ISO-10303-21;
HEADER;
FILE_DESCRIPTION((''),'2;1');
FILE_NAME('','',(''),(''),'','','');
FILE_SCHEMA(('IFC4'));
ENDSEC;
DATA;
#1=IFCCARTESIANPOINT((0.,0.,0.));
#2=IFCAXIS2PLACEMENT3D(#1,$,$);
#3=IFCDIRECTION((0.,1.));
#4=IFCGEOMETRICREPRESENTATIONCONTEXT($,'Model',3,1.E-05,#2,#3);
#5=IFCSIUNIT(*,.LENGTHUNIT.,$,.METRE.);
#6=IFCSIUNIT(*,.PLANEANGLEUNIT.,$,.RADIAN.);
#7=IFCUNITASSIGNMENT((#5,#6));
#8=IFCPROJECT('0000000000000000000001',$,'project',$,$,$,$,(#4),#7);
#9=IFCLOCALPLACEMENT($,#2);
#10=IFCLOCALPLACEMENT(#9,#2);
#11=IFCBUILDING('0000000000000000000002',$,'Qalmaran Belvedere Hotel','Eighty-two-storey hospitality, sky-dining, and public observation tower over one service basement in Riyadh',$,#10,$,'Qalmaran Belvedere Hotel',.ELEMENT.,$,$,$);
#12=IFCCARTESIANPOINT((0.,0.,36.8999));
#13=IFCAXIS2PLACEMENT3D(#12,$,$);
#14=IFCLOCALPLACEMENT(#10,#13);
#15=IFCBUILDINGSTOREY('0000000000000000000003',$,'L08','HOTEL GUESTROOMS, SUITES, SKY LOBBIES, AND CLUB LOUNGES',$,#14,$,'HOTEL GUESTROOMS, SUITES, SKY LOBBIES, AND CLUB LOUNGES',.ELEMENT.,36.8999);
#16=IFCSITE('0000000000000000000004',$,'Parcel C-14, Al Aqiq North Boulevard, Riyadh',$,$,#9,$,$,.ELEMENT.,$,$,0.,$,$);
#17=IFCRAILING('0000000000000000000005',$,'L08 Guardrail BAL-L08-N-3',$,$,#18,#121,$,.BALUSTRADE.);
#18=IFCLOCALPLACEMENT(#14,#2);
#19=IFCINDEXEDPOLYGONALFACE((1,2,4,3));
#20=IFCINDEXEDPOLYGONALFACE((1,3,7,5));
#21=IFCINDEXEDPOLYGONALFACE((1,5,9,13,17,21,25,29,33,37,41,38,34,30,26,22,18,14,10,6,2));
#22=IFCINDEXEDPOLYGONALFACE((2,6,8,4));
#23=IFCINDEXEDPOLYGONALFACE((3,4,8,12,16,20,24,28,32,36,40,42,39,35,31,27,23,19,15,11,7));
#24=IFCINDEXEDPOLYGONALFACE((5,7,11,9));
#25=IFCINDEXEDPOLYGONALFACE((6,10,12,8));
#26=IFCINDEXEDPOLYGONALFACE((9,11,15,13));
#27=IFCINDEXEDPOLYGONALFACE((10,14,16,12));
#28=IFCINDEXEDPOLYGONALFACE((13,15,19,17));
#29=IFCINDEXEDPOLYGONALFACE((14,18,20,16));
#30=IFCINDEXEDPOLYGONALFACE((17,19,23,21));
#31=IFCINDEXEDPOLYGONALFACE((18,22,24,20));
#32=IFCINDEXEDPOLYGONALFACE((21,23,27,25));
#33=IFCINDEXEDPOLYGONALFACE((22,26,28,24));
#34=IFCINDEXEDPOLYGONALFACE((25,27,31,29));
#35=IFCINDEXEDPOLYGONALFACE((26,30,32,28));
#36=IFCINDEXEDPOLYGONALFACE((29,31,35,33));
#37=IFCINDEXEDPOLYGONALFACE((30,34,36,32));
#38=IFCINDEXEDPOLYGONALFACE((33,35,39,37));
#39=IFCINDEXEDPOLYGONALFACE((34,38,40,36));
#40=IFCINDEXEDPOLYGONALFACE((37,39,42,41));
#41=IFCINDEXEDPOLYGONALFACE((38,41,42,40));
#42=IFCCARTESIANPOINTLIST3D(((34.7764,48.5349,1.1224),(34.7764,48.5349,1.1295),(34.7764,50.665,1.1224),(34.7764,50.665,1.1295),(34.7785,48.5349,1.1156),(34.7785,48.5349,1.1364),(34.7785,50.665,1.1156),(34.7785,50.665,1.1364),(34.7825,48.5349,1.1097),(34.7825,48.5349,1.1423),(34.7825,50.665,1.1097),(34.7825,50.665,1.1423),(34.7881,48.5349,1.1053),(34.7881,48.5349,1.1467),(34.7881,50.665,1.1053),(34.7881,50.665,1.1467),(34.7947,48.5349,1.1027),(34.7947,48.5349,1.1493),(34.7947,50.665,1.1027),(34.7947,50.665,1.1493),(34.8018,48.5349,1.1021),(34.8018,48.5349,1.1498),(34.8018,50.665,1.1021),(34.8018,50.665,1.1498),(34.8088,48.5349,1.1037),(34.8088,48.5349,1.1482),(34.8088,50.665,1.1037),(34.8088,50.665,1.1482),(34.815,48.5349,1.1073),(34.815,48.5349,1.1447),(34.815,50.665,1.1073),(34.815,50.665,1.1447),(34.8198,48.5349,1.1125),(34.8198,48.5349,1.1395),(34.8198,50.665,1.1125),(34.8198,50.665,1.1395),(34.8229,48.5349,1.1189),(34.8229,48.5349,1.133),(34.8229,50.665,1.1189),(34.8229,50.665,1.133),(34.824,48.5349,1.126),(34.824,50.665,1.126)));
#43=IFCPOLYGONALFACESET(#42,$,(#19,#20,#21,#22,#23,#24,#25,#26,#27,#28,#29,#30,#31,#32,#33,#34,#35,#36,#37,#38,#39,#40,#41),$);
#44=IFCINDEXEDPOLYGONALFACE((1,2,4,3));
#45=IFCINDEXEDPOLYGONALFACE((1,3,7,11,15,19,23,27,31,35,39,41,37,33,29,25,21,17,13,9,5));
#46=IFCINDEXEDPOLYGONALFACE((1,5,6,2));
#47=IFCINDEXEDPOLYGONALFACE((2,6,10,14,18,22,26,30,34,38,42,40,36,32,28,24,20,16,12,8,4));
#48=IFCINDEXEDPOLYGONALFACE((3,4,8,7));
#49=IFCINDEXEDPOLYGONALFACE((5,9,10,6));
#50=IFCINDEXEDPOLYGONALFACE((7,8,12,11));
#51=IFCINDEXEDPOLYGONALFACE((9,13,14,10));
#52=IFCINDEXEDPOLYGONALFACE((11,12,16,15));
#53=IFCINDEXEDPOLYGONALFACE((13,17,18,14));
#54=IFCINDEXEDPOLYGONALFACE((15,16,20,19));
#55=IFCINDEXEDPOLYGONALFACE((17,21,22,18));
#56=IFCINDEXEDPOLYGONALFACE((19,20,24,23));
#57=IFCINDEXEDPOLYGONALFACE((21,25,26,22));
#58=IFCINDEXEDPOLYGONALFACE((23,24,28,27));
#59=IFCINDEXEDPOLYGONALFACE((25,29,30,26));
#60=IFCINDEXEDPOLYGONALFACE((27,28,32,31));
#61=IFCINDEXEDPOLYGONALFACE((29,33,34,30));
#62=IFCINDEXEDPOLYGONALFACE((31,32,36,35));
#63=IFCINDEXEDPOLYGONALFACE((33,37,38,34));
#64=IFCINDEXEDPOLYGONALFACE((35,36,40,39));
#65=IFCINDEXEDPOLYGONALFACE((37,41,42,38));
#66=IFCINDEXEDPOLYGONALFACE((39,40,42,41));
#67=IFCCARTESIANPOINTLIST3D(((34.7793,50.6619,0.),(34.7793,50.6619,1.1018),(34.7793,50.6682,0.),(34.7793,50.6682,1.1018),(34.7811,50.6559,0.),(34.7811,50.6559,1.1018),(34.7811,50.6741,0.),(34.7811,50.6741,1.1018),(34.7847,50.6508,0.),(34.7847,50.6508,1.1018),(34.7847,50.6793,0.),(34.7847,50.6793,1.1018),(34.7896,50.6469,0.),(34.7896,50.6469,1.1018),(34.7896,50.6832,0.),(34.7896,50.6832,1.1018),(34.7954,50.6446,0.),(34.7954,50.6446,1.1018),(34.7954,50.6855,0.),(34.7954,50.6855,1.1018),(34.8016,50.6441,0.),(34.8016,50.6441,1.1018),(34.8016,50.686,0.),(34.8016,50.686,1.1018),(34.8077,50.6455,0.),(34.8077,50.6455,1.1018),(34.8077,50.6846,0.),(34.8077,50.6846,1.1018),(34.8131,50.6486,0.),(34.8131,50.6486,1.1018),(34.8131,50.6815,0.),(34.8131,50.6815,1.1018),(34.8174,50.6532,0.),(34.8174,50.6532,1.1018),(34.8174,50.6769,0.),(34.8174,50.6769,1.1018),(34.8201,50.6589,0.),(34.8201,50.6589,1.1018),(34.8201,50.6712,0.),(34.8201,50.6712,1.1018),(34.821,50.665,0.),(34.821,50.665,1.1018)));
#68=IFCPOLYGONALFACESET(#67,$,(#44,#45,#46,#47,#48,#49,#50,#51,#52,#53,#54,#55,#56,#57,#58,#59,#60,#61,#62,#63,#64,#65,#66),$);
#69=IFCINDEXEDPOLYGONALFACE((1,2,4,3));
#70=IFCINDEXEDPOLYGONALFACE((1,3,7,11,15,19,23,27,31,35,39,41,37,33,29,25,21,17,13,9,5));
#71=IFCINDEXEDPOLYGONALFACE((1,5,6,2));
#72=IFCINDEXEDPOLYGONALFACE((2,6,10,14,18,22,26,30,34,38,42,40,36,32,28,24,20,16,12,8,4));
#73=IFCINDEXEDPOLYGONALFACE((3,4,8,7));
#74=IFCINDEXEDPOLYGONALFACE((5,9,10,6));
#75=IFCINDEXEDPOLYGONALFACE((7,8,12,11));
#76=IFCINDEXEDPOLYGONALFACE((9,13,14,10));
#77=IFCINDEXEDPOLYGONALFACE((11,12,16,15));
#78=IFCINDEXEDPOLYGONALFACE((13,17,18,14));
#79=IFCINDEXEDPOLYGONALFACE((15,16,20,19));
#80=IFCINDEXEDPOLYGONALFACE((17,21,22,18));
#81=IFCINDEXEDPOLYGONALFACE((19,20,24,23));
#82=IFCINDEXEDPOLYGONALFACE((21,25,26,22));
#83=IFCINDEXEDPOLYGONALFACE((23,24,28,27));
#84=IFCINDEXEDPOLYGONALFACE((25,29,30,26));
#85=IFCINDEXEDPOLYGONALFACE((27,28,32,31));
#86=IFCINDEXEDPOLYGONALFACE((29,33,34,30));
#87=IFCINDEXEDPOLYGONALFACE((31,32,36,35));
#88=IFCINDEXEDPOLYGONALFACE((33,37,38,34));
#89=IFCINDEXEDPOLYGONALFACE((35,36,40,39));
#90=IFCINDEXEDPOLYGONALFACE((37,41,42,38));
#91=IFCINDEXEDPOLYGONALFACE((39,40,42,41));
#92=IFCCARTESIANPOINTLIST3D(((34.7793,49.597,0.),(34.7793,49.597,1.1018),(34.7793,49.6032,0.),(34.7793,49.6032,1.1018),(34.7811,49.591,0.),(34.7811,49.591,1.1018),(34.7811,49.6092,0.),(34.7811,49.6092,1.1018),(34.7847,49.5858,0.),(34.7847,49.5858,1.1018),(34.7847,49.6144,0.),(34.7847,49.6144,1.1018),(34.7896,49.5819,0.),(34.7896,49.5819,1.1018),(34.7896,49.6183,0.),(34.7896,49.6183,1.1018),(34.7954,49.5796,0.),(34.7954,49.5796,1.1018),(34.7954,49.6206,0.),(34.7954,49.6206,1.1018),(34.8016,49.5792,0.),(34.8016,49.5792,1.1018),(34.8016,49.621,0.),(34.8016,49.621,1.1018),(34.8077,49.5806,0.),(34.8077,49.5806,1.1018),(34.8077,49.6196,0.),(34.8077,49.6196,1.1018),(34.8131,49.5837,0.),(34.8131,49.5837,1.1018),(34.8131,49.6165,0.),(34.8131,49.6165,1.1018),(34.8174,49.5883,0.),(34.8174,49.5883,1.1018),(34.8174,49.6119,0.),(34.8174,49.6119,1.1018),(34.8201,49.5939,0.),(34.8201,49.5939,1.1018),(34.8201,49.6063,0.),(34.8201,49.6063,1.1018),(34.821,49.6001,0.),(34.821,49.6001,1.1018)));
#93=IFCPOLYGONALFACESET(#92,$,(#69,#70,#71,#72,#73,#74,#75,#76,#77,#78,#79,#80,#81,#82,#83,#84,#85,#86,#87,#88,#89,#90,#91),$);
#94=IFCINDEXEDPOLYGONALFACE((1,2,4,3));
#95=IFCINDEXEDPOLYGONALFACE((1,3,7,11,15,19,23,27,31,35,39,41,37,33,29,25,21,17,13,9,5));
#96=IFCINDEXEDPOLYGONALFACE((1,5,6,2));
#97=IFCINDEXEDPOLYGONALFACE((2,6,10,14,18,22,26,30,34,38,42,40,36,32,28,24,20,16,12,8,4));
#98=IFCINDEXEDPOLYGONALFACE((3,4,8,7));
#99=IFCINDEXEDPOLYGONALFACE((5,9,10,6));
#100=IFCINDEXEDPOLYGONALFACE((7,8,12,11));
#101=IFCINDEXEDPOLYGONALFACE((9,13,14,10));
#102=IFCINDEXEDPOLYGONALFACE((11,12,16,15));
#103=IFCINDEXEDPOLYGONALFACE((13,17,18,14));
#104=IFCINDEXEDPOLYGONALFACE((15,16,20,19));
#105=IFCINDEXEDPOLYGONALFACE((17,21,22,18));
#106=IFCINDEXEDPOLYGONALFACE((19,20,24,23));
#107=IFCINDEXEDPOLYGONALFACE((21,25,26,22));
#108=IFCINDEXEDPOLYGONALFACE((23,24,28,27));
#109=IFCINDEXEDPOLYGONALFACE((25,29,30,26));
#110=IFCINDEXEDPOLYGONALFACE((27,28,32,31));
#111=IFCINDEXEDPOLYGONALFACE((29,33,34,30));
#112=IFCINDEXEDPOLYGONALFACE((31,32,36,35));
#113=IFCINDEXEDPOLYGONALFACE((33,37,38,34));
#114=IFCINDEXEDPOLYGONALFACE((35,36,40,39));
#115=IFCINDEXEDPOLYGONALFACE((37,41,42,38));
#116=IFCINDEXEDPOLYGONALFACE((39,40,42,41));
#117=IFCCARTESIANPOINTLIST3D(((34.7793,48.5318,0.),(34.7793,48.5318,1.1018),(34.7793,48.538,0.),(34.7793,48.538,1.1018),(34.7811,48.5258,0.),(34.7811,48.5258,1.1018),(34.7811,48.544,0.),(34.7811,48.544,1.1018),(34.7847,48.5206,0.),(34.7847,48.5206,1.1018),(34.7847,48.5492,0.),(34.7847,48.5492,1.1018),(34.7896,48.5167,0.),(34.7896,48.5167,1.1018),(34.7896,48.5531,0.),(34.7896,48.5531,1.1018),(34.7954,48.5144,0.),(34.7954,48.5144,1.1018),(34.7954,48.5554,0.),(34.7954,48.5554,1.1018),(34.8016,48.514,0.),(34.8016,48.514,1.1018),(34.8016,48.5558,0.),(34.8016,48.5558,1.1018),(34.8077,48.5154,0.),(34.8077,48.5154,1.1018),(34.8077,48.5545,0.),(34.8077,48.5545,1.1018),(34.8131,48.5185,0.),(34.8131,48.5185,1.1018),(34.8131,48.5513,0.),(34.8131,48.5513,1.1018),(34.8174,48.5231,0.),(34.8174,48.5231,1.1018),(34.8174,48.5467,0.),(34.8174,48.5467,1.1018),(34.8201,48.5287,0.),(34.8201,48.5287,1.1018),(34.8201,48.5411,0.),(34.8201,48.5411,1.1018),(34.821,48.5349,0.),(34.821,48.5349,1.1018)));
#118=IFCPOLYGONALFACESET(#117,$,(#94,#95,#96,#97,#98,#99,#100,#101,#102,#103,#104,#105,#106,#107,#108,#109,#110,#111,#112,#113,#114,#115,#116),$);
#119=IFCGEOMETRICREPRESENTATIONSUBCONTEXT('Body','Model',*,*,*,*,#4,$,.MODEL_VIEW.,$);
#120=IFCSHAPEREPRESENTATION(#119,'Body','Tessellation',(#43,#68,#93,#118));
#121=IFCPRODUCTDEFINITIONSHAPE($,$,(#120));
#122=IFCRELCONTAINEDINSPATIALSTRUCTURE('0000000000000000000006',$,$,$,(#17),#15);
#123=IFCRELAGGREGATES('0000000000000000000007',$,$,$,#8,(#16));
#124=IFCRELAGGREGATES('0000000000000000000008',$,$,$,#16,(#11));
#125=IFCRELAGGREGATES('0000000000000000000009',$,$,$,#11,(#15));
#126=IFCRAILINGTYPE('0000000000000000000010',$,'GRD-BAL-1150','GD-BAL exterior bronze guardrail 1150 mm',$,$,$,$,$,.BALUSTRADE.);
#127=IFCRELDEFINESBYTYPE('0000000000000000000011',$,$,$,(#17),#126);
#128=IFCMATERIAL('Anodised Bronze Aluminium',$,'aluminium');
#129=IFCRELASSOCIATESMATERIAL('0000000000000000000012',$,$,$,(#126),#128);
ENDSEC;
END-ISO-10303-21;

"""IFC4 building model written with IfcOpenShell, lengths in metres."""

from ifc_helpers import new_model, si_unit, direction, frame, origin, origin_2d, place, context, subcontext, project, spatial, circle, extrude, material, type_object, element, save


model = new_model("IFC4")

# Units and contexts
model_context = context("Model", 3, precision=1e-05, world=origin(), true_north=direction((0.0, 1.0)))
body_context = subcontext(model_context, "Body", "Model", "MODEL_VIEW")
ifc_project = project(units=[si_unit("LENGTHUNIT", "METRE"), si_unit("PLANEANGLEUNIT", "RADIAN")], contexts=[model_context])

# Site, building, storey
site_placement = place(None, origin())
site = spatial("IfcSite", under=ifc_project, at=site_placement, Name="Parcel C-14, Al Aqiq North Boulevard, Riyadh", CompositionType="ELEMENT", RefElevation=0.0)
building_placement = place(site_placement, origin())
building = spatial("IfcBuilding", under=site, at=building_placement, Name="Qalmaran Belvedere Hotel", Description="Eighty-two-storey hospitality, sky-dining, and public observation tower over one service basement in Riyadh", LongName="Qalmaran Belvedere Hotel", CompositionType="ELEMENT")
storey_placement = place(building_placement, frame((0.0, 0.0, 36.8999)))
storey = spatial("IfcBuildingStorey", under=building, at=storey_placement, Name="L08", Description="HOTEL GUESTROOMS, SUITES, SKY LOBBIES, AND CLUB LOUNGES", LongName="HOTEL GUESTROOMS, SUITES, SKY LOBBIES, AND CLUB LOUNGES", CompositionType="ELEMENT", Elevation=36.8999)

# Shared definitions
ifc_material_1 = material(Name="Anodised Bronze Aluminium", Category="aluminium")

# Railing
railing_type = type_object("IfcRailingType", Name="GRD-BAL-1150", Description="GD-BAL exterior bronze guardrail 1150 mm", PredefinedType="BALUSTRADE", material=ifc_material_1)
railing_1_placement = place(storey_placement, frame((34.8, 50.665, 0.0)))
element("IfcRailing", 1, at=railing_1_placement, inside=storey, type_object=railing_type, Name="L08 Guardrail BAL-L08-N-3", PredefinedType="BALUSTRADE", context=body_context, shape_type="SweptSolid", body=[
    extrude(circle(Radius=0.0239, at=origin_2d()), frame((0.0, 0.0, 1.126), z_axis=(0.0, -1.0, 0.0), x_axis=(1.0, 0.0, 0.0)), (0.0, 0.0, 1.0), 2.1301),
    extrude(circle(Radius=0.021, at=origin_2d()), origin(), (0.0, 0.0, 1.0), 1.1018),
    extrude(circle(Radius=0.021, at=origin_2d()), frame((0.0, -1.0649, 0.0)), (0.0, 0.0, 1.0), 1.1018),
    extrude(circle(Radius=0.021, at=origin_2d()), frame((0.0, -2.1301, 0.0)), (0.0, 0.0, 1.0), 1.1018),
])

save(model, "model.ifc")
